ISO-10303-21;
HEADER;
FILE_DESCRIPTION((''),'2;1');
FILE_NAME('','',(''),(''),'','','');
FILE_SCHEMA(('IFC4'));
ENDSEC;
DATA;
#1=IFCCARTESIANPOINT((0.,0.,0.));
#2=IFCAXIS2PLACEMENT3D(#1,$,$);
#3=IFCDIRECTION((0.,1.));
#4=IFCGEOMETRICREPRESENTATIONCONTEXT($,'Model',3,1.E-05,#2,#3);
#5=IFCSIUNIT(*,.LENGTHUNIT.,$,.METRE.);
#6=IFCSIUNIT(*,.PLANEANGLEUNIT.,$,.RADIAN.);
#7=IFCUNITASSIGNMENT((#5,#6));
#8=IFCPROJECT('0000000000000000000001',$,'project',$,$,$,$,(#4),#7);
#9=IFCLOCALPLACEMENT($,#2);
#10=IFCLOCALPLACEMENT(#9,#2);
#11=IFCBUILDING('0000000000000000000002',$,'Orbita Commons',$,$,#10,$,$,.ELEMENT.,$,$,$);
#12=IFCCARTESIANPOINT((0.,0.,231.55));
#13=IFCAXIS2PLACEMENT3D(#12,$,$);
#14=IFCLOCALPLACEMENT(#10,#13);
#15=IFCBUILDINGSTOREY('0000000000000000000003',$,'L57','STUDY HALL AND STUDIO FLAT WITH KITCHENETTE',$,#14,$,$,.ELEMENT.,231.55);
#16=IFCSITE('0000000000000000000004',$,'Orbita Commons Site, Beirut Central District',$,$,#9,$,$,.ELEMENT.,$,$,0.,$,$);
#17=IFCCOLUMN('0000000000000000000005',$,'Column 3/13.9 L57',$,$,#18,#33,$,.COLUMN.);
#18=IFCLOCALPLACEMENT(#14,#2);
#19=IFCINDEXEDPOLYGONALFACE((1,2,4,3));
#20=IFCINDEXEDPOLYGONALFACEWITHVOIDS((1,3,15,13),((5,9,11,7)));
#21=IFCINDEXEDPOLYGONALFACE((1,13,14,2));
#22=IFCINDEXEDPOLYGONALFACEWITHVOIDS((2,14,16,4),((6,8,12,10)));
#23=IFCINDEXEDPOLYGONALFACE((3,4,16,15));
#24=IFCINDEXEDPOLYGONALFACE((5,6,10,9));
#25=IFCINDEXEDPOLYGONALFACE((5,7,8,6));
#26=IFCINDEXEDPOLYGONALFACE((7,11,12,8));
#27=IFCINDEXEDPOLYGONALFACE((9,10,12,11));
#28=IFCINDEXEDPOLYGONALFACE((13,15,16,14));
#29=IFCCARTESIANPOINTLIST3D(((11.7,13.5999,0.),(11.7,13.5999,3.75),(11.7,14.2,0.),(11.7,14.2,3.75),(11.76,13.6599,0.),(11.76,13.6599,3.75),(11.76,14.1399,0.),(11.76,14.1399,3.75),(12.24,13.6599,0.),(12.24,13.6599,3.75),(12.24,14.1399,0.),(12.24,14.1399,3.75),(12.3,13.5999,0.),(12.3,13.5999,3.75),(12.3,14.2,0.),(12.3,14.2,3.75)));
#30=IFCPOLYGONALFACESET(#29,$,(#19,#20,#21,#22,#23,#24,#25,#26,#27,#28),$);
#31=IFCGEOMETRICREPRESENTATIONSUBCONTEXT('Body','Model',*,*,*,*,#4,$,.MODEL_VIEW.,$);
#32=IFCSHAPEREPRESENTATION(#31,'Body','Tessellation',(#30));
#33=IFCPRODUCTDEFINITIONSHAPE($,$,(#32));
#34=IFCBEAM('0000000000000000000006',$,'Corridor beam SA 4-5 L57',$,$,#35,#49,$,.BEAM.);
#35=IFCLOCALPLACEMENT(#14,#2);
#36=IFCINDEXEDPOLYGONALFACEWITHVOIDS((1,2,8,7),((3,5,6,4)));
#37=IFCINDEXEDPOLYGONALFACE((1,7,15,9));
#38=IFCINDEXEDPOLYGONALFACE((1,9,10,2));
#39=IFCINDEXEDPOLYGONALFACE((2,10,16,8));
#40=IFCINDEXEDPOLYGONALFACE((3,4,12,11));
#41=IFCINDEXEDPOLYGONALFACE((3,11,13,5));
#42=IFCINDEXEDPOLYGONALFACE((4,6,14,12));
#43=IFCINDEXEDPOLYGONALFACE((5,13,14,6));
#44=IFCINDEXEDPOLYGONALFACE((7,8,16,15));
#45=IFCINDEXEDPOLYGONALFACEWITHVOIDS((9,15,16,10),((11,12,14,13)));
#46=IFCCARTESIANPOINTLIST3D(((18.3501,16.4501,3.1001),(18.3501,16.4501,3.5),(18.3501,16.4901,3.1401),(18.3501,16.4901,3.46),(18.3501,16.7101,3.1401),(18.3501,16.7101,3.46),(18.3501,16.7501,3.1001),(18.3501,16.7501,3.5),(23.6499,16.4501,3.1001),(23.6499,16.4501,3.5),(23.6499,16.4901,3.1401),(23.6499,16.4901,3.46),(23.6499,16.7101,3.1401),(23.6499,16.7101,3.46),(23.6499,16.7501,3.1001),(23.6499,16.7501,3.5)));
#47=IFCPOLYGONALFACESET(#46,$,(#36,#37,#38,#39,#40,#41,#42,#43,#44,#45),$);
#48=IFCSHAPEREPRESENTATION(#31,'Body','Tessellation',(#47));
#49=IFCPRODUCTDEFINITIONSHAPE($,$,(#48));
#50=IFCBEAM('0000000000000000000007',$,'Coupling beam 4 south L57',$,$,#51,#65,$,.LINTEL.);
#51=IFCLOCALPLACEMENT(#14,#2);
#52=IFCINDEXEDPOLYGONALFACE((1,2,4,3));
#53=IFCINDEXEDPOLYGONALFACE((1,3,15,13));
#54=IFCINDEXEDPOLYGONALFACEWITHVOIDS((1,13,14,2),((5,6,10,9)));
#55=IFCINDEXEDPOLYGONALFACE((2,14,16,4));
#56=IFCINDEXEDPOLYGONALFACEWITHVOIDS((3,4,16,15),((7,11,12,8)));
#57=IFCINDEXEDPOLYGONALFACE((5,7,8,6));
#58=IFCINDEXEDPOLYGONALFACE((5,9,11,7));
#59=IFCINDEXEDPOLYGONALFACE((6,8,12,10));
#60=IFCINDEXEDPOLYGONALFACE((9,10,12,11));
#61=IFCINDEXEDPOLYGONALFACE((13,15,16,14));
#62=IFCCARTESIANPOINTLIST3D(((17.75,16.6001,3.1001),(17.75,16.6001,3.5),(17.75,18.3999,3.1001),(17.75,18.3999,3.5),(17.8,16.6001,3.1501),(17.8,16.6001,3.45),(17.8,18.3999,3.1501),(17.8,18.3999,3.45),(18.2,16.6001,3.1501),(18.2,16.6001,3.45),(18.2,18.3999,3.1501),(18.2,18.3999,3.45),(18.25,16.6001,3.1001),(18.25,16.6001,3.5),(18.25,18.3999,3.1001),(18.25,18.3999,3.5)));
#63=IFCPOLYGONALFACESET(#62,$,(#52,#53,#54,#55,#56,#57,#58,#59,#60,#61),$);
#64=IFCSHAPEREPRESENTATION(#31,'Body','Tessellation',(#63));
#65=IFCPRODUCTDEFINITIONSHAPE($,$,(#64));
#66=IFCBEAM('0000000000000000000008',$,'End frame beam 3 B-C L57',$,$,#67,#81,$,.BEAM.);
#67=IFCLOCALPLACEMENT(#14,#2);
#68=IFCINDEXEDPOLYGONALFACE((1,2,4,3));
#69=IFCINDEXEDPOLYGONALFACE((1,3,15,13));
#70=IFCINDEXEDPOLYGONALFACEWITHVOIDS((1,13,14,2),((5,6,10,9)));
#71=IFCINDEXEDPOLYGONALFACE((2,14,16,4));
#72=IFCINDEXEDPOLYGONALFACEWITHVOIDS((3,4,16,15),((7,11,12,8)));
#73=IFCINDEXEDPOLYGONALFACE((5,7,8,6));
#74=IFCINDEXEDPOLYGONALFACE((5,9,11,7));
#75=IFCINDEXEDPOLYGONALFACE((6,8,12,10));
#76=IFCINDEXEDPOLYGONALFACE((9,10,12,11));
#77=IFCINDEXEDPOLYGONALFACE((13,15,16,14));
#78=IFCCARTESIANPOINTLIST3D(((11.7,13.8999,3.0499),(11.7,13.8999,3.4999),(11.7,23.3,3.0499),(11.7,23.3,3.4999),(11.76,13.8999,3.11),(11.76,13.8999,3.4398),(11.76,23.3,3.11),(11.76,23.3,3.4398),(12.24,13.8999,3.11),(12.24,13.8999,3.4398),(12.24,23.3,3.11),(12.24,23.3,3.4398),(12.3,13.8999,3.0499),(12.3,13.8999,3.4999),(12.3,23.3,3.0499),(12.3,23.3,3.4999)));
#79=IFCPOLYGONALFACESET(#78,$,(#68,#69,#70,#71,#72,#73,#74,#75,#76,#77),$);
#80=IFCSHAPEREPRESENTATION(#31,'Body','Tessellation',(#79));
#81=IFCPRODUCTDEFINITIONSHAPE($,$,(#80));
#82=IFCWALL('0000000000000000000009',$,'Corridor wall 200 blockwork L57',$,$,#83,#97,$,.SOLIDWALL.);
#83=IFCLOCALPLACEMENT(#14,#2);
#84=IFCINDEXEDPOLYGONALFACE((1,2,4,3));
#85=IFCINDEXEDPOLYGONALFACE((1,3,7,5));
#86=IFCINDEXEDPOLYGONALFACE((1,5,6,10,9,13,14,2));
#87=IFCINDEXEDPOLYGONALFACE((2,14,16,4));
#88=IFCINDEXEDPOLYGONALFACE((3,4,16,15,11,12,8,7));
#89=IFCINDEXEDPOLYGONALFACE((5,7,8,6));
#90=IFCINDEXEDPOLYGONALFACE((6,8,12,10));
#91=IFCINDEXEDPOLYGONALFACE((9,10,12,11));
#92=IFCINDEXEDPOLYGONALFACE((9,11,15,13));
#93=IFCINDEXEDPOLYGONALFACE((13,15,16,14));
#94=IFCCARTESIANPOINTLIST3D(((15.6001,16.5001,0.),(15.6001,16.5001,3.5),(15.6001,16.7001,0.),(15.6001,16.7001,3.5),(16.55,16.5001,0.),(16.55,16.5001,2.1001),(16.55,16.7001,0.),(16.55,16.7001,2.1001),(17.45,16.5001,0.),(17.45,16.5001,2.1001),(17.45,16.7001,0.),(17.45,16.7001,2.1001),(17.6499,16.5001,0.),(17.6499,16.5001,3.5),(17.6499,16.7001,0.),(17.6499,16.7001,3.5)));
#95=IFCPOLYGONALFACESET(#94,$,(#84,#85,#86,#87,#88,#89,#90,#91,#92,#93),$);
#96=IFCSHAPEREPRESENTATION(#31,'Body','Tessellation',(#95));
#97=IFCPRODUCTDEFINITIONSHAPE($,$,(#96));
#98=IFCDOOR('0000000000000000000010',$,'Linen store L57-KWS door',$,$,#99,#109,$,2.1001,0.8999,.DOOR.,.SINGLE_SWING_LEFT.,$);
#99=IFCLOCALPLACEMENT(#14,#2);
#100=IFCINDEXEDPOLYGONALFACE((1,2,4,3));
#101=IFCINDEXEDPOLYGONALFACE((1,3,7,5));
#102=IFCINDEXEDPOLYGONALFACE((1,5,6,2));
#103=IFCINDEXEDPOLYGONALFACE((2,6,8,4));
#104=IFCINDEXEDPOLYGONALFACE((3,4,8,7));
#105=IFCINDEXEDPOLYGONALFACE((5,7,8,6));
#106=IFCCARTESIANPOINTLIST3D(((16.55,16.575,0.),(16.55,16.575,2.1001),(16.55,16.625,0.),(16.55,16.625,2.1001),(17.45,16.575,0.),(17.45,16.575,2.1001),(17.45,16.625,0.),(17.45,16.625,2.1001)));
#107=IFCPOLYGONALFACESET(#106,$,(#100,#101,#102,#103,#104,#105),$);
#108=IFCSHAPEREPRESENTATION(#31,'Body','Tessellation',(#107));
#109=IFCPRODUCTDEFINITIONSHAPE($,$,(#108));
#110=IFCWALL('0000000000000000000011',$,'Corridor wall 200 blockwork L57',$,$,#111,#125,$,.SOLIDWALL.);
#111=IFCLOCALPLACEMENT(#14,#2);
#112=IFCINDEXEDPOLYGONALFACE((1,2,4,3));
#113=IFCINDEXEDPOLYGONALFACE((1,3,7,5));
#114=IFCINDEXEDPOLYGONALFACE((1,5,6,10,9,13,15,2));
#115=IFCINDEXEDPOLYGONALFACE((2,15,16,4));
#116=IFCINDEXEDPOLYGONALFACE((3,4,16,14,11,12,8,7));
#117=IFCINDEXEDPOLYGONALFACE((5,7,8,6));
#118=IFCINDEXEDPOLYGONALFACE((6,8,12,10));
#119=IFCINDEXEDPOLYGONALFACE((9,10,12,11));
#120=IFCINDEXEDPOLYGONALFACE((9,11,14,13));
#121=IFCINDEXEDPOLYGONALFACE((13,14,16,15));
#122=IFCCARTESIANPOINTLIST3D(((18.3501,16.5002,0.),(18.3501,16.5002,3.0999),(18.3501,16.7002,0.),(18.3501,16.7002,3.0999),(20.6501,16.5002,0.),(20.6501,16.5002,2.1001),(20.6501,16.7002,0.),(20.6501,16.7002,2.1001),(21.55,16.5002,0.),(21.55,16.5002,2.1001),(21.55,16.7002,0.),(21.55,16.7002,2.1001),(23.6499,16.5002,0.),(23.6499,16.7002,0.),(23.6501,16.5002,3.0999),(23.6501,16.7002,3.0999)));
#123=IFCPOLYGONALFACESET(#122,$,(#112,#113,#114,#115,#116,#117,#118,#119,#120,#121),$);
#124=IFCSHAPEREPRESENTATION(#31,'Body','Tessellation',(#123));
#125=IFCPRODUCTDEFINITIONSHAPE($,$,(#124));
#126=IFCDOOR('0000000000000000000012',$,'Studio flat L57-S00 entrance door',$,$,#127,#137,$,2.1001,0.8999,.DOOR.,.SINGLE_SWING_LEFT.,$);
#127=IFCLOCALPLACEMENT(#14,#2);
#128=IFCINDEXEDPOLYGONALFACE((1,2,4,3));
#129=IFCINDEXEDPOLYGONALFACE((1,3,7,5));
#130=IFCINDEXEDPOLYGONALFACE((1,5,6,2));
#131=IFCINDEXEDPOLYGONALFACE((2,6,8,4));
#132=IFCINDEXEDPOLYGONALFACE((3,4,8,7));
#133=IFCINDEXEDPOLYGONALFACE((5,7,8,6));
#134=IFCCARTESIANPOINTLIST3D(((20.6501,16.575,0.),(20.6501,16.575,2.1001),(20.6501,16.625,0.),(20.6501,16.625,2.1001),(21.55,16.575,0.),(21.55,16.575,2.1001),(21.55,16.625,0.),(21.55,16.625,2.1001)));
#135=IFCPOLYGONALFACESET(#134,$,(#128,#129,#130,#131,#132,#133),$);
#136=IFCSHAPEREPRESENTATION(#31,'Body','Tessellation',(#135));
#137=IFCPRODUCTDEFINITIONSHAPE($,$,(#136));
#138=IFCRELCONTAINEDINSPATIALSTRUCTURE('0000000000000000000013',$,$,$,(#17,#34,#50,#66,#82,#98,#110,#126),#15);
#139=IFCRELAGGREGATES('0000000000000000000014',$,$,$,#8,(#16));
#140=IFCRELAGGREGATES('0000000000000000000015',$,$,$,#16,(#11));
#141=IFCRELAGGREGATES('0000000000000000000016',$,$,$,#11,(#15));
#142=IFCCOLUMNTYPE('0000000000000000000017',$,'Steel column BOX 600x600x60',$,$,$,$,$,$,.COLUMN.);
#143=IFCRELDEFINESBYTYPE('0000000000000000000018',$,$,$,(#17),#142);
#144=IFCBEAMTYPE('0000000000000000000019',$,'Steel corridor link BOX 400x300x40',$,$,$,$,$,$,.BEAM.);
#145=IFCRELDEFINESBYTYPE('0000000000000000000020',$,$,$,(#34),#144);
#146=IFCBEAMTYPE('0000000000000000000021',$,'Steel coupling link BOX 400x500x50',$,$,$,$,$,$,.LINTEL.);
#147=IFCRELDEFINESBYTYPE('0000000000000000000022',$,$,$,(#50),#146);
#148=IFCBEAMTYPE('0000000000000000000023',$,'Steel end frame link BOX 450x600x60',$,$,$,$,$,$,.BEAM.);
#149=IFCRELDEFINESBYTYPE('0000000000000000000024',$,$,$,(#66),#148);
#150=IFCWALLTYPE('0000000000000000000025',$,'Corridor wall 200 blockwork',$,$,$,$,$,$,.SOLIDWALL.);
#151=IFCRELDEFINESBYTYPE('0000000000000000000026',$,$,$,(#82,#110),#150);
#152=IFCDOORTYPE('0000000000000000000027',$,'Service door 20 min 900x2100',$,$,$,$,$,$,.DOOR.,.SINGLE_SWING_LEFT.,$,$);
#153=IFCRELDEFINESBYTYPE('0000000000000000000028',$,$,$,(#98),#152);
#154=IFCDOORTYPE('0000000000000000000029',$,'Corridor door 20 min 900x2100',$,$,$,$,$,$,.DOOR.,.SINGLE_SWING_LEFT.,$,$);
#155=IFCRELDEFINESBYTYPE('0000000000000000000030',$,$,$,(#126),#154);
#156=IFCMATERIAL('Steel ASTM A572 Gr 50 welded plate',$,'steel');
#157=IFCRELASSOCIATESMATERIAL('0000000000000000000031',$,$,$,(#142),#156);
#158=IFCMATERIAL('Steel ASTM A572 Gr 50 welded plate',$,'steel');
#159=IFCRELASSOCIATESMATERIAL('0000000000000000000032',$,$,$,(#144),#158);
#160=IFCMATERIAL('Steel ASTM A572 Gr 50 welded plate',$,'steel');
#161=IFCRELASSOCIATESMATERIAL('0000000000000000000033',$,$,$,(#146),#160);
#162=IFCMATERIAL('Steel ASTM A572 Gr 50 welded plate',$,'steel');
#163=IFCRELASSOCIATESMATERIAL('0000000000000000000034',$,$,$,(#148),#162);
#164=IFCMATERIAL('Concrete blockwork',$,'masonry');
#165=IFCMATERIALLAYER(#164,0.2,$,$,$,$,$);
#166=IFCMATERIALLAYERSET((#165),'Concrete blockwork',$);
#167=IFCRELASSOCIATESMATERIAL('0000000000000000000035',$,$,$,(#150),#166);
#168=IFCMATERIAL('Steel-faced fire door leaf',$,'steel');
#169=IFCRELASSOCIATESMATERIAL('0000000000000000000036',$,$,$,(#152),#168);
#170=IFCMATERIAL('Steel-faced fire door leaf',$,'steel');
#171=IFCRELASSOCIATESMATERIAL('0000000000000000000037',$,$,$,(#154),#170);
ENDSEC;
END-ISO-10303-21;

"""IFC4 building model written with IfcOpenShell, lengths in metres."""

from ifc_helpers import new_model, si_unit, direction, frame, frame_2d, origin, origin_2d, place, context, subcontext, project, spatial, polyline, rectangle, hollow_rectangle, outline, extrude, material, layer, layer_set, material_profile, profile_set, type_object, element, fill, save


model = new_model("IFC4")

# Units and contexts
model_context = context("Model", 3, precision=1e-05, world=origin(), true_north=direction((0.0, 1.0)))
body_context = subcontext(model_context, "Body", "Model", "MODEL_VIEW")
ifc_project = project(units=[si_unit("LENGTHUNIT", "METRE"), si_unit("PLANEANGLEUNIT", "RADIAN")], contexts=[model_context])

# Site, building, storey
site_placement = place(None, origin())
site = spatial("IfcSite", under=ifc_project, at=site_placement, Name="Orbita Commons Site, Beirut Central District", CompositionType="ELEMENT", RefElevation=0.0)
building_placement = place(site_placement, origin())
building = spatial("IfcBuilding", under=site, at=building_placement, Name="Orbita Commons", CompositionType="ELEMENT")
storey_placement = place(building_placement, frame((0.0, 0.0, 231.55)))
storey = spatial("IfcBuildingStorey", under=building, at=storey_placement, Name="L57", Description="STUDY HALL AND STUDIO FLAT WITH KITCHENETTE", CompositionType="ELEMENT", Elevation=231.55)

# Column
ifc_material_1 = material(Name="Steel ASTM A572 Gr 50 welded plate", Category="steel")
ifc_material_profile_1 = material_profile(ifc_material_1, hollow_rectangle(XDim=0.6001, YDim=0.6001, WallThickness=0.0601, at=origin_2d()), Name="BOX 600x600x60")
ifc_profile_set_1 = profile_set([ifc_material_profile_1], Name="Steel ASTM A572 Gr 50 welded plate")
column_type = type_object("IfcColumnType", Name="Steel column BOX 600x600x60", PredefinedType="COLUMN", material=ifc_profile_set_1)
column_placement = place(storey_placement, frame((12.0, 13.8999, 0.0), z_axis=(0.0, 0.0, 1.0), x_axis=(1.0, 0.0, 0.0)))
element("IfcColumn", 1, at=column_placement, inside=storey, type_object=column_type, Name="Column 3/13.9 L57", PredefinedType="COLUMN", context=body_context, shape_type="SweptSolid", body=[
    extrude(hollow_rectangle(XDim=0.6001, YDim=0.6001, WallThickness=0.0601, at=origin_2d()), origin(), (0.0, 0.0, 1.0), 3.75),
])

# Beams
ifc_material_2 = material(Name="Steel ASTM A572 Gr 50 welded plate", Category="steel")
ifc_material_profile_2 = material_profile(ifc_material_2, hollow_rectangle(XDim=0.3, YDim=0.3999, WallThickness=0.04, at=origin_2d()), Name="BOX 400x300x40")
ifc_profile_set_2 = profile_set([ifc_material_profile_2], Name="Steel ASTM A572 Gr 50 welded plate")
beam_type_1 = type_object("IfcBeamType", Name="Steel corridor link BOX 400x300x40", PredefinedType="BEAM", material=ifc_profile_set_2)
beam_1_placement = place(storey_placement, frame((18.3501, 16.6001, 3.3), z_axis=(1.0, 0.0, 0.0), x_axis=(0.0, 1.0, 0.0)))
element("IfcBeam", 2, at=beam_1_placement, inside=storey, type_object=beam_type_1, Name="Corridor beam SA 4-5 L57", PredefinedType="BEAM", context=body_context, shape_type="SweptSolid", body=[
    extrude(hollow_rectangle(XDim=0.3, YDim=0.3999, WallThickness=0.04, at=origin_2d()), origin(), (0.0, 0.0, 1.0), 5.2998),
])
ifc_material_3 = material(Name="Steel ASTM A572 Gr 50 welded plate", Category="steel")
ifc_material_profile_3 = material_profile(ifc_material_3, hollow_rectangle(XDim=0.5, YDim=0.3999, WallThickness=0.05, at=origin_2d()), Name="BOX 400x500x50")
ifc_profile_set_3 = profile_set([ifc_material_profile_3], Name="Steel ASTM A572 Gr 50 welded plate")
beam_type_2 = type_object("IfcBeamType", Name="Steel coupling link BOX 400x500x50", PredefinedType="LINTEL", material=ifc_profile_set_3)
beam_2_placement = place(storey_placement, frame((18.0, 16.6001, 3.3), z_axis=(0.0, 1.0, 0.0), x_axis=(-1.0, 0.0, 0.0)))
element("IfcBeam", 3, at=beam_2_placement, inside=storey, type_object=beam_type_2, Name="Coupling beam 4 south L57", PredefinedType="LINTEL", context=body_context, shape_type="SweptSolid", body=[
    extrude(hollow_rectangle(XDim=0.5, YDim=0.3999, WallThickness=0.05, at=origin_2d()), origin(), (0.0, 0.0, 1.0), 1.7998),
])
ifc_material_4 = material(Name="Steel ASTM A572 Gr 50 welded plate", Category="steel")
ifc_material_profile_4 = material_profile(ifc_material_4, hollow_rectangle(XDim=0.6001, YDim=0.45, WallThickness=0.0601, at=origin_2d()), Name="BOX 450x600x60")
ifc_profile_set_4 = profile_set([ifc_material_profile_4], Name="Steel ASTM A572 Gr 50 welded plate")
beam_type_3 = type_object("IfcBeamType", Name="Steel end frame link BOX 450x600x60", PredefinedType="BEAM", material=ifc_profile_set_4)
beam_3_placement = place(storey_placement, frame((12.0, 13.8999, 3.2749), z_axis=(0.0, 1.0, 0.0), x_axis=(-1.0, 0.0, 0.0)))
element("IfcBeam", 4, at=beam_3_placement, inside=storey, type_object=beam_type_3, Name="End frame beam 3 B-C L57", PredefinedType="BEAM", context=body_context, shape_type="SweptSolid", body=[
    extrude(hollow_rectangle(XDim=0.6001, YDim=0.45, WallThickness=0.0601, at=origin_2d()), origin(), (0.0, 0.0, 1.0), 9.4001),
])

# Walls, openings, doors
ifc_material_5 = material(Name="Concrete blockwork", Category="masonry")
ifc_layer_1 = layer(ifc_material_5, 0.2)
ifc_layer_set_1 = layer_set([ifc_layer_1], Name="Concrete blockwork")
wall_type_1 = type_object("IfcWallType", Name="Corridor wall 200 blockwork", PredefinedType="SOLIDWALL", material=ifc_layer_set_1)
wall_1_placement = place(storey_placement, frame((15.6001, 16.6001, 0.0), z_axis=(0.0, 0.0, 1.0), x_axis=(1.0, 0.0, 0.0)))
wall_1 = element("IfcWall", 5, at=wall_1_placement, inside=storey, type_object=wall_type_1, Name="Corridor wall 200 blockwork L57", PredefinedType="SOLIDWALL", context=body_context, shape_type="SweptSolid", body=[
    extrude(rectangle(XDim=2.0498, YDim=0.2, at=frame_2d((1.0249, 0.0))), origin(), (0.0, 0.0, 1.0), 3.5),
])
opening_1_placement = place(wall_1_placement, frame((0.95, 0.0, 0.0)))
opening_1 = element("IfcOpeningElement", 6, at=opening_1_placement, cuts=wall_1, PredefinedType="OPENING", context=body_context, shape_type="SweptSolid", body=[
    extrude(rectangle(XDim=0.8999, YDim=2.1001, at=frame_2d((0.45, 1.05))), frame((0.0, 0.1099, 0.0), z_axis=(0.0, -1.0, 0.0), x_axis=(1.0, 0.0, 0.0)), (0.0, 0.0, 1.0), 0.22),
])
ifc_material_6 = material(Name="Steel-faced fire door leaf", Category="steel")
door_type_1 = type_object("IfcDoorType", Name="Service door 20 min 900x2100", OperationType="SINGLE_SWING_LEFT", PredefinedType="DOOR", material=ifc_material_6)
door_1_placement = place(opening_1_placement, origin())
door_1 = element("IfcDoor", 7, at=door_1_placement, inside=storey, type_object=door_type_1, Name="Linen store L57-KWS door", OperationType="SINGLE_SWING_LEFT", OverallHeight=2.1001, OverallWidth=0.8999, PredefinedType="DOOR", context=body_context, shape_type="SweptSolid", body=[
    extrude(rectangle(XDim=0.8999, YDim=2.1001, at=frame_2d((0.45, 1.05))), frame((0.0, 0.0249, 0.0), z_axis=(0.0, -1.0, 0.0), x_axis=(1.0, 0.0, 0.0)), (0.0, 0.0, 1.0), 0.05),
])
fill(opening_1, door_1)
wall_2_placement = place(storey_placement, frame((18.3501, 16.6001, 0.0), z_axis=(0.0, 0.0, 1.0), x_axis=(1.0, 0.0, 0.0)))
wall_2 = element("IfcWall", 8, at=wall_2_placement, inside=storey, type_object=wall_type_1, Name="Corridor wall 200 blockwork L57", PredefinedType="SOLIDWALL", context=body_context, shape_type="SweptSolid", body=[
    extrude(outline(polyline([(0.0, 0.0), (5.2998, 0.0), (5.3, 3.0999), (0.0, 3.0999), (0.0, 0.0)])), frame((0.0, 0.1001, 0.0), z_axis=(0.0, -1.0, 0.0), x_axis=(1.0, 0.0, 0.0)), (0.0, 0.0, 1.0), 0.2),
])
opening_2_placement = place(wall_2_placement, frame((2.3, 0.0, 0.0)))
opening_2 = element("IfcOpeningElement", 9, at=opening_2_placement, cuts=wall_2, PredefinedType="OPENING", context=body_context, shape_type="SweptSolid", body=[
    extrude(rectangle(XDim=0.8999, YDim=2.1001, at=frame_2d((0.45, 1.05))), frame((0.0, 0.1099, 0.0), z_axis=(0.0, -1.0, 0.0), x_axis=(1.0, 0.0, 0.0)), (0.0, 0.0, 1.0), 0.22),
])
ifc_material_7 = material(Name="Steel-faced fire door leaf", Category="steel")
door_type_2 = type_object("IfcDoorType", Name="Corridor door 20 min 900x2100", OperationType="SINGLE_SWING_LEFT", PredefinedType="DOOR", material=ifc_material_7)
door_2_placement = place(opening_2_placement, origin())
door_2 = element("IfcDoor", 10, at=door_2_placement, inside=storey, type_object=door_type_2, Name="Studio flat L57-S00 entrance door", OperationType="SINGLE_SWING_LEFT", OverallHeight=2.1001, OverallWidth=0.8999, PredefinedType="DOOR", context=body_context, shape_type="SweptSolid", body=[
    extrude(rectangle(XDim=0.8999, YDim=2.1001, at=frame_2d((0.45, 1.05))), frame((0.0, 0.0249, 0.0), z_axis=(0.0, -1.0, 0.0), x_axis=(1.0, 0.0, 0.0)), (0.0, 0.0, 1.0), 0.05),
])
fill(opening_2, door_2)

save(model, "model.ifc")
